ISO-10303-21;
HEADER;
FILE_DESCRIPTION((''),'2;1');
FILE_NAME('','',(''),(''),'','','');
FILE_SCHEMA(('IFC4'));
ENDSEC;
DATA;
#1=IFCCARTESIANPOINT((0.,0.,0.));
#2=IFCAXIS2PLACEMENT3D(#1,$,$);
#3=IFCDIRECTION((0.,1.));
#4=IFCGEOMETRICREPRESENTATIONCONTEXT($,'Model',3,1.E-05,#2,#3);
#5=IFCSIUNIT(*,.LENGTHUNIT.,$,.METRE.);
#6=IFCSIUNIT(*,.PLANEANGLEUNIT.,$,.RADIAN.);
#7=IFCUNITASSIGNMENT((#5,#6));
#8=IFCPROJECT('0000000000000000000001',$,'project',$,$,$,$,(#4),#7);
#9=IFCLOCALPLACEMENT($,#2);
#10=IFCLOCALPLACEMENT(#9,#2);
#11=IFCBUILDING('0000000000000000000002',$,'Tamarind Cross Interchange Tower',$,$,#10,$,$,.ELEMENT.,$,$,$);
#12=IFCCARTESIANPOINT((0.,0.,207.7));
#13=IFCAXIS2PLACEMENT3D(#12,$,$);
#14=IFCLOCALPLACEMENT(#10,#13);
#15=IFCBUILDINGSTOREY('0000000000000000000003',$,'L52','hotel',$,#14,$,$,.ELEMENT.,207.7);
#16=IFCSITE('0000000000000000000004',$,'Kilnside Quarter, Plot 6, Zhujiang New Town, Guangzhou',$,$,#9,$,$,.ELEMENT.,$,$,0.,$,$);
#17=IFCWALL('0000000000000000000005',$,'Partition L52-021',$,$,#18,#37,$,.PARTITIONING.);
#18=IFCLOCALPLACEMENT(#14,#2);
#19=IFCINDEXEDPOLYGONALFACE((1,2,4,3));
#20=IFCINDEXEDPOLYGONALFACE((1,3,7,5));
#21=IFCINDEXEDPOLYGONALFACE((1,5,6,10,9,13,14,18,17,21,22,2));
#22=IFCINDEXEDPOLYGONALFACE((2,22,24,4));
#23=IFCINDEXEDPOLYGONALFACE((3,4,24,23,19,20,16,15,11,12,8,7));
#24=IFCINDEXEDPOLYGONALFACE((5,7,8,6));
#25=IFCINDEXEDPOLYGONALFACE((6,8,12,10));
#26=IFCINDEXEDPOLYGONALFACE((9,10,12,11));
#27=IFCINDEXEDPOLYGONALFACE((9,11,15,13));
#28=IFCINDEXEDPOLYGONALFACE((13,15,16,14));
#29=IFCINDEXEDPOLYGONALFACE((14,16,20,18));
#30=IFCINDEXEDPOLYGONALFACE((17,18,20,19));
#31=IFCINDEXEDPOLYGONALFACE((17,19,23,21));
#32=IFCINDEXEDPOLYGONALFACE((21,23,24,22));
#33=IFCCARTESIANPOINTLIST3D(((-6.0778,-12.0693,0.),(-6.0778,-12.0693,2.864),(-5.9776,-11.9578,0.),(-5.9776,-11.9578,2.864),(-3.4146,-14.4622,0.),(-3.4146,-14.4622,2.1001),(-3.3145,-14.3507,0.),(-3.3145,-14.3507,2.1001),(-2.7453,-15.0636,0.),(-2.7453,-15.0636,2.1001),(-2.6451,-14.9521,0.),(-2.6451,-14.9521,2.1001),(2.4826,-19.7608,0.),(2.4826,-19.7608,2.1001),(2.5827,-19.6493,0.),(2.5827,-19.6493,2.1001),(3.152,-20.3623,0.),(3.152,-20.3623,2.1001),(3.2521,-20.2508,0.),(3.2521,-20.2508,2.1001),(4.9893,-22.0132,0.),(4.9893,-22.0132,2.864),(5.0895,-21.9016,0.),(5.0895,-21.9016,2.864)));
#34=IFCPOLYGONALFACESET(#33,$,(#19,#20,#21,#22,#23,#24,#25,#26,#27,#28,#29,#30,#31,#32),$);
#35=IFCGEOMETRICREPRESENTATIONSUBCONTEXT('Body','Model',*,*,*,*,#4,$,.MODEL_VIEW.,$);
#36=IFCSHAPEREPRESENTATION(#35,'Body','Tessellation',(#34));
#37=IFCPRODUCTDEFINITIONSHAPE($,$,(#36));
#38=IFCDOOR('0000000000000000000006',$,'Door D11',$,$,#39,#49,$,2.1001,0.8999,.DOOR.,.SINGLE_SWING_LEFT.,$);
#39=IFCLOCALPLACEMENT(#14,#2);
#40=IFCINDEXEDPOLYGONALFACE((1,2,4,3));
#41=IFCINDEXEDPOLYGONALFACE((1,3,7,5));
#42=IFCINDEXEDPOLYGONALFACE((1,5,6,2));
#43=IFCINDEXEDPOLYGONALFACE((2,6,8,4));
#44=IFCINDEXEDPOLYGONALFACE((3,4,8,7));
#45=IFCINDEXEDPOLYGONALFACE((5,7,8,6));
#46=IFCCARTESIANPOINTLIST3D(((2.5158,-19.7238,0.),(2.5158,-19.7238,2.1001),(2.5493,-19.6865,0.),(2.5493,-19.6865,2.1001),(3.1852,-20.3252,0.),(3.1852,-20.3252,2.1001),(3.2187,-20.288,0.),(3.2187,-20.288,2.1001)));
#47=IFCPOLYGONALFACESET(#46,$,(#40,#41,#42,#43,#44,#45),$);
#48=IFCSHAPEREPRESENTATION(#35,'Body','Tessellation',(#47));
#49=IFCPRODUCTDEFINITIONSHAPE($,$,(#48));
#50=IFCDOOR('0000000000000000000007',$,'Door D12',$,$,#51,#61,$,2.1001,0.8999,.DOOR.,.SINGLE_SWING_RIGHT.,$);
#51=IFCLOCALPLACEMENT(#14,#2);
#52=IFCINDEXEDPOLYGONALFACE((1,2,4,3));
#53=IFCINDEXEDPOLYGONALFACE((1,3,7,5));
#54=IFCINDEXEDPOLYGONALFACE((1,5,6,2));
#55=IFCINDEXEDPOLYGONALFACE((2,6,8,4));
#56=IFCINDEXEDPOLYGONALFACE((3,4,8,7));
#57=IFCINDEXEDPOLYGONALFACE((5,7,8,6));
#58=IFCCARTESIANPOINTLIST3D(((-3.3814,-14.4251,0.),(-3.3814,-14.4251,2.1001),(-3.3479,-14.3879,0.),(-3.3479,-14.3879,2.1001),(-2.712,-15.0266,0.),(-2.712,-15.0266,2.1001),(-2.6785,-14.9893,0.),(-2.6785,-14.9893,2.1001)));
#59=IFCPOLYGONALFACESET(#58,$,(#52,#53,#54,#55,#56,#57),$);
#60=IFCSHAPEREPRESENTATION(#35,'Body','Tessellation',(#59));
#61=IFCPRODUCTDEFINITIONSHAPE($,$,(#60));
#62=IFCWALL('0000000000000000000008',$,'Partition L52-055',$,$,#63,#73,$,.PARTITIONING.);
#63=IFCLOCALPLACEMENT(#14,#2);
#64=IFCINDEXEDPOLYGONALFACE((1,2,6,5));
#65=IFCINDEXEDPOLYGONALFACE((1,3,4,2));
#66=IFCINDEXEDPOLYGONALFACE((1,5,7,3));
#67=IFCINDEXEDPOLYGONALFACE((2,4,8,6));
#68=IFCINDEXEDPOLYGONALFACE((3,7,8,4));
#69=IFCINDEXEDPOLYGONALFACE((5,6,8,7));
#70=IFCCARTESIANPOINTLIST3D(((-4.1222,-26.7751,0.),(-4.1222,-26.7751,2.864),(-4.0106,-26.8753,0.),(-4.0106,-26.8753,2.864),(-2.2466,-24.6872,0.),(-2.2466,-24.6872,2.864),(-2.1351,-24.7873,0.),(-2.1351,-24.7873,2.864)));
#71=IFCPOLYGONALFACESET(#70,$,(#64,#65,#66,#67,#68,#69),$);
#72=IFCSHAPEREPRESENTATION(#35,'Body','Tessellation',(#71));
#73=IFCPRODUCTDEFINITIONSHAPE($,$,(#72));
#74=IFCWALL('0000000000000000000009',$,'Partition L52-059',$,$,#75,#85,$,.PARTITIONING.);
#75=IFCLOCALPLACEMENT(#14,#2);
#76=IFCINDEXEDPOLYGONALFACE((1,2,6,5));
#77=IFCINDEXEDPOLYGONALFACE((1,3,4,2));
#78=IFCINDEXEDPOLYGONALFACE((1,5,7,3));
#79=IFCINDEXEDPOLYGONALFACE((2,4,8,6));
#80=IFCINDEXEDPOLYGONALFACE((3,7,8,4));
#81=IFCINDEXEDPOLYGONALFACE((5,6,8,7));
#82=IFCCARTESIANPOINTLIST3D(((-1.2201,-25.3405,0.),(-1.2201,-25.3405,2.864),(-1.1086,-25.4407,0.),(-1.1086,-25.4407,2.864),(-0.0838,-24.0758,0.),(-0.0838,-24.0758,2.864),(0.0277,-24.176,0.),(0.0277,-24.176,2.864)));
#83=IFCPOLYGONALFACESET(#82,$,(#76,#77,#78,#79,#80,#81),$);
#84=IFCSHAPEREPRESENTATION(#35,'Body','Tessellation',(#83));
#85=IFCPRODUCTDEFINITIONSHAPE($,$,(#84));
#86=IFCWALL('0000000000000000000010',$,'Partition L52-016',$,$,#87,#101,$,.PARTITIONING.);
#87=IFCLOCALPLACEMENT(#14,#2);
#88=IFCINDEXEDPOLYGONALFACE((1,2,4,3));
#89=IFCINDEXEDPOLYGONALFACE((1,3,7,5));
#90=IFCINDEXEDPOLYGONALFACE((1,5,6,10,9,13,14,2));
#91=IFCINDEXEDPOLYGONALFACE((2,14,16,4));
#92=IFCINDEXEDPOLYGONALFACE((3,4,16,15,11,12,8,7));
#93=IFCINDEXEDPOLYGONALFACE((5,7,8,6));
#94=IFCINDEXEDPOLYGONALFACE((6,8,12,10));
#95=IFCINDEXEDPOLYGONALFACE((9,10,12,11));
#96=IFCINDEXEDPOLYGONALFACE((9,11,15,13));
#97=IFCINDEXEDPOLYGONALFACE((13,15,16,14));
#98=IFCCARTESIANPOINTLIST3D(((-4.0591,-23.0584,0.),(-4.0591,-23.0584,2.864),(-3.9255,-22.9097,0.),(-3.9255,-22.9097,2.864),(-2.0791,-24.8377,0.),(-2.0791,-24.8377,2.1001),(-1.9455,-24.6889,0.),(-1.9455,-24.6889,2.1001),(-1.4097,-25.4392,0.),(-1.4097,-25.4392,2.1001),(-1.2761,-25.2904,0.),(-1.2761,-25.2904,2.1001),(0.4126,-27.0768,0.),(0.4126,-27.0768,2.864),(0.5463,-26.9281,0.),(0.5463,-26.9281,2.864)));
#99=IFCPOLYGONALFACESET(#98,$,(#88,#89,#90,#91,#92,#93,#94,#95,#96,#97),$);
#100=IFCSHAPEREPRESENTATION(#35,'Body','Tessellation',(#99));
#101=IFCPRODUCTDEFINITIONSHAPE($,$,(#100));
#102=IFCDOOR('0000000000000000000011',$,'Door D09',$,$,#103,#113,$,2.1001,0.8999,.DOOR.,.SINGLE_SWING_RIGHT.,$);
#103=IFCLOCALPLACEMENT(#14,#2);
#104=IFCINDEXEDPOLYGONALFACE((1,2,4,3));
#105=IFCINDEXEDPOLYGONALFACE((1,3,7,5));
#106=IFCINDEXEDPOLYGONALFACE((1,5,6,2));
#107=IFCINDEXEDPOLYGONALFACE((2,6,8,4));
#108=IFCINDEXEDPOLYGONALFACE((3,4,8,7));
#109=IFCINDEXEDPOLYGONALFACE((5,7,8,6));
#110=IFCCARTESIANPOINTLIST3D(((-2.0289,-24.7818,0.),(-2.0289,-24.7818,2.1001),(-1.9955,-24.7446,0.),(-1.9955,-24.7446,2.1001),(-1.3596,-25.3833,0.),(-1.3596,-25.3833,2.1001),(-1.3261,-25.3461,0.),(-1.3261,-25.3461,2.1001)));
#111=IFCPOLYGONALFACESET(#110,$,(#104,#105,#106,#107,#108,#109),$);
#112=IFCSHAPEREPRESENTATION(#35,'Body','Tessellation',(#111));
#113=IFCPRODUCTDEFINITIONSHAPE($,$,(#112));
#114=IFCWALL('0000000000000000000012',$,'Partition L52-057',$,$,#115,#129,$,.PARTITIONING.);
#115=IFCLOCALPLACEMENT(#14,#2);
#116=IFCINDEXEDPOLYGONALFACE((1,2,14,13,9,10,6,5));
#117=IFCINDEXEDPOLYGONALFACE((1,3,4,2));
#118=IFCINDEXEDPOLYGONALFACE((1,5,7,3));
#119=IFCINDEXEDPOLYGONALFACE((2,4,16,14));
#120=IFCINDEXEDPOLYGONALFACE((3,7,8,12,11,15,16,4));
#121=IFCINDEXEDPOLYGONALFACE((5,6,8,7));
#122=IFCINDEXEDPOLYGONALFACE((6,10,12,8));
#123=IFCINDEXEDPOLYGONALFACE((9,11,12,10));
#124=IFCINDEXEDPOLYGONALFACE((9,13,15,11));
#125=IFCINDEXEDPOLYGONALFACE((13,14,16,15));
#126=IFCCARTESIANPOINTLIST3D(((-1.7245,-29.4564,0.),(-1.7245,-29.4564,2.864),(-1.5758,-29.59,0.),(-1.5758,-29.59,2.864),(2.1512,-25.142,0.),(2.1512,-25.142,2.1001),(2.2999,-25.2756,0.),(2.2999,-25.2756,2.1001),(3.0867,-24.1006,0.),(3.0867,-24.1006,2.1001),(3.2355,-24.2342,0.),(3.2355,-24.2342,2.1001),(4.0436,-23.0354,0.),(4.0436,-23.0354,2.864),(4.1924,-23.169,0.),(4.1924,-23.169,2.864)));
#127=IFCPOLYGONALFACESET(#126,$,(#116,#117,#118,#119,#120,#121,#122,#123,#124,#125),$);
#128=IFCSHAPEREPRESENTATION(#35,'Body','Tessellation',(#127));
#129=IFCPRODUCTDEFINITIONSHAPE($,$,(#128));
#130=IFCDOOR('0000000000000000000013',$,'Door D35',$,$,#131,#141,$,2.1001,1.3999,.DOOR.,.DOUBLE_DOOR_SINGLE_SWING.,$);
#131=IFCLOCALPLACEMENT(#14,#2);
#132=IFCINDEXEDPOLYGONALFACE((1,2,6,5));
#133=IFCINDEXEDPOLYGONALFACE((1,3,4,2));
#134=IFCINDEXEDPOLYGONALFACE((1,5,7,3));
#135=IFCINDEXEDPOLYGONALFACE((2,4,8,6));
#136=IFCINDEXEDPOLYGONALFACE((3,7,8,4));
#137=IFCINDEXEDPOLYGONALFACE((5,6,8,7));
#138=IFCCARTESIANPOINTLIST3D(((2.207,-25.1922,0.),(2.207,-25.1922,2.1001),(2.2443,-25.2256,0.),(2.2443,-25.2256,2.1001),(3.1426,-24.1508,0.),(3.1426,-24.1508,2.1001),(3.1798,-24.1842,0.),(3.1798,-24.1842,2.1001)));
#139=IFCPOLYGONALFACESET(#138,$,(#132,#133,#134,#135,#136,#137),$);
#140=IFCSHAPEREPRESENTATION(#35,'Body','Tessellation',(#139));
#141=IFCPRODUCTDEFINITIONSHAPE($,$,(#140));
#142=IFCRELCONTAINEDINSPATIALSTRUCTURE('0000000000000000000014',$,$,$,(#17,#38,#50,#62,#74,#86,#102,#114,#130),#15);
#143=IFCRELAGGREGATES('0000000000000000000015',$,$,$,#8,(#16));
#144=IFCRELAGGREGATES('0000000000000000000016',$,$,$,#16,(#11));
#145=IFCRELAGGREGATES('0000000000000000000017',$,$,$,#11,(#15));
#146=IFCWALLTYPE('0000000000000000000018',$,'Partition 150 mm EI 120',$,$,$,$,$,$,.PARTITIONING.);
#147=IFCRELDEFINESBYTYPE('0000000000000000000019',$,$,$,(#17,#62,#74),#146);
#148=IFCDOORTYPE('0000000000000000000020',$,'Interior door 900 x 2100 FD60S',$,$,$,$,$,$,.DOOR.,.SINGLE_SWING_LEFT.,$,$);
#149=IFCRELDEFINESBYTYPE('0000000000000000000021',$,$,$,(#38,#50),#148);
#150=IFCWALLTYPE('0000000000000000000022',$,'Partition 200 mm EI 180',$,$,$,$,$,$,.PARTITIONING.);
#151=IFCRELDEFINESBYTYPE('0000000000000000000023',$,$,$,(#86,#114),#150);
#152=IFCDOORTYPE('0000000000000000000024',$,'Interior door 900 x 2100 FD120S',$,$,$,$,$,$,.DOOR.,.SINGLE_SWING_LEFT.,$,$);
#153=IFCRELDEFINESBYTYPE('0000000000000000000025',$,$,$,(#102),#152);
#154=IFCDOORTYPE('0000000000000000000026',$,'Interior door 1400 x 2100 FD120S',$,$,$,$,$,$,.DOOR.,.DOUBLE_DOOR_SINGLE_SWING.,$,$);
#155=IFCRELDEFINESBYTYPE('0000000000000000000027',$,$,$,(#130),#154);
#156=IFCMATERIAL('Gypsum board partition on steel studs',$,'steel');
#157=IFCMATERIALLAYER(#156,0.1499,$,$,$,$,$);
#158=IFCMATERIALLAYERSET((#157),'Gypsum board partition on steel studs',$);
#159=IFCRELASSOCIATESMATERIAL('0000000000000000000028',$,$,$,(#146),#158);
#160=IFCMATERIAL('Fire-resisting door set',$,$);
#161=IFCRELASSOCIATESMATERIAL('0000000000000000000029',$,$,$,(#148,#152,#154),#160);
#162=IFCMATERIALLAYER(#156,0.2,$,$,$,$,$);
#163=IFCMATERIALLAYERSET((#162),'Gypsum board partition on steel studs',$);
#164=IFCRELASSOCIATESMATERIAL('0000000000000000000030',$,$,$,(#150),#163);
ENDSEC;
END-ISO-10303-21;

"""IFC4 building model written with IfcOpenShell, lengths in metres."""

from ifc_helpers import new_model, si_unit, direction, frame, frame_2d, origin, place, context, subcontext, project, spatial, rectangle, extrude, material, layer, layer_set, type_object, element, fill, save


model = new_model("IFC4")

# Units and contexts
model_context = context("Model", 3, precision=1e-05, world=origin(), true_north=direction((0.0, 1.0)))
body_context = subcontext(model_context, "Body", "Model", "MODEL_VIEW")
ifc_project = project(units=[si_unit("LENGTHUNIT", "METRE"), si_unit("PLANEANGLEUNIT", "RADIAN")], contexts=[model_context])

# Site, building, storey
site_placement = place(None, origin())
site = spatial("IfcSite", under=ifc_project, at=site_placement, Name="Kilnside Quarter, Plot 6, Zhujiang New Town, Guangzhou", CompositionType="ELEMENT", RefElevation=0.0)
building_placement = place(site_placement, origin())
building = spatial("IfcBuilding", under=site, at=building_placement, Name="Tamarind Cross Interchange Tower", CompositionType="ELEMENT")
storey_placement = place(building_placement, frame((0.0, 0.0, 207.7)))
storey = spatial("IfcBuildingStorey", under=building, at=storey_placement, Name="L52", Description="hotel", CompositionType="ELEMENT", Elevation=207.7)

# Wall, openings, doors
ifc_material_1 = material(Name="Gypsum board partition on steel studs", Category="steel")
ifc_layer_1 = layer(ifc_material_1, 0.1499)
ifc_layer_set_1 = layer_set([ifc_layer_1], Name="Gypsum board partition on steel studs")
wall_type_1 = type_object("IfcWallType", Name="Partition 150 mm EI 120", PredefinedType="PARTITIONING", material=ifc_layer_set_1)
wall_1_placement = place(storey_placement, frame((-6.0276, -12.0137, 0.0), z_axis=(0.0, 0.0, 1.0), x_axis=(0.743848, -0.668349, 0.0)))
wall_1 = element("IfcWall", 1, at=wall_1_placement, inside=storey, type_object=wall_type_1, Name="Partition L52-021", PredefinedType="PARTITIONING", context=body_context, shape_type="SweptSolid", body=[
    extrude(rectangle(XDim=14.8782, YDim=0.1499, at=frame_2d((7.439, 0.0))), origin(), (0.0, 0.0, 1.0), 2.864),
])
opening_1_placement = place(wall_1_placement, frame((11.5081, 0.0, 0.0)))
opening_1 = element("IfcOpeningElement", 2, at=opening_1_placement, cuts=wall_1, PredefinedType="OPENING", context=body_context, shape_type="SweptSolid", body=[
    extrude(rectangle(XDim=0.8999, YDim=2.1001, at=frame_2d((0.45, 1.05))), frame((0.0, 0.085, 0.0), z_axis=(0.0, -1.0, 0.0), x_axis=(1.0, 0.0, 0.0)), (0.0, 0.0, 1.0), 0.1699),
])
opening_2_placement = place(wall_1_placement, frame((3.5801, 0.0, 0.0)))
opening_2 = element("IfcOpeningElement", 3, at=opening_2_placement, cuts=wall_1, PredefinedType="OPENING", context=body_context, shape_type="SweptSolid", body=[
    extrude(rectangle(XDim=0.8999, YDim=2.1001, at=frame_2d((0.45, 1.05))), frame((0.0, 0.085, 0.0), z_axis=(0.0, -1.0, 0.0), x_axis=(1.0, 0.0, 0.0)), (0.0, 0.0, 1.0), 0.1699),
])
ifc_material_2 = material(Name="Fire-resisting door set")
door_type_1 = type_object("IfcDoorType", Name="Interior door 900 x 2100 FD60S", OperationType="SINGLE_SWING_LEFT", PredefinedType="DOOR", material=ifc_material_2)
door_1_placement = place(opening_1_placement, origin())
door_1 = element("IfcDoor", 4, at=door_1_placement, inside=storey, type_object=door_type_1, Name="Door D11", OperationType="SINGLE_SWING_LEFT", OverallHeight=2.1001, OverallWidth=0.8999, PredefinedType="DOOR", context=body_context, shape_type="SweptSolid", body=[
    extrude(rectangle(XDim=0.8999, YDim=2.1001, at=frame_2d((0.45, 1.05))), frame((0.0, 0.0249, 0.0), z_axis=(0.0, -1.0, 0.0), x_axis=(1.0, 0.0, 0.0)), (0.0, 0.0, 1.0), 0.05),
])
fill(opening_1, door_1)
door_2_placement = place(opening_2_placement, origin())
door_2 = element("IfcDoor", 5, at=door_2_placement, inside=storey, type_object=door_type_1, Name="Door D12", OperationType="SINGLE_SWING_RIGHT", OverallHeight=2.1001, OverallWidth=0.8999, PredefinedType="DOOR", context=body_context, shape_type="SweptSolid", body=[
    extrude(rectangle(XDim=0.8999, YDim=2.1001, at=frame_2d((0.45, 1.05))), frame((0.0, 0.0249, 0.0), z_axis=(0.0, -1.0, 0.0), x_axis=(1.0, 0.0, 0.0)), (0.0, 0.0, 1.0), 0.05),
])
fill(opening_2, door_2)

# Walls
wall_2_placement = place(storey_placement, frame((-4.0664, -26.8252, 0.0), z_axis=(0.0, 0.0, 1.0), x_axis=(0.668253, 0.743934, 0.0)))
element("IfcWall", 6, at=wall_2_placement, inside=storey, type_object=wall_type_1, Name="Partition L52-055", PredefinedType="PARTITIONING", context=body_context, shape_type="SweptSolid", body=[
    extrude(rectangle(XDim=2.8066, YDim=0.1499, at=frame_2d((1.4033, 0.0))), origin(), (0.0, 0.0, 1.0), 2.864),
])
wall_3_placement = place(storey_placement, frame((-1.1643, -25.3906, 0.0), z_axis=(0.0, 0.0, 1.0), x_axis=(0.66833, 0.743865, 0.0)))
element("IfcWall", 7, at=wall_3_placement, inside=storey, type_object=wall_type_1, Name="Partition L52-059", PredefinedType="PARTITIONING", context=body_context, shape_type="SweptSolid", body=[
    extrude(rectangle(XDim=1.7002, YDim=0.1499, at=frame_2d((0.8501, 0.0))), origin(), (0.0, 0.0, 1.0), 2.864),
])

# Walls, openings, doors
ifc_layer_2 = layer(ifc_material_1, 0.2)
ifc_layer_set_2 = layer_set([ifc_layer_2], Name="Gypsum board partition on steel studs")
wall_type_2 = type_object("IfcWallType", Name="Partition 200 mm EI 180", PredefinedType="PARTITIONING", material=ifc_layer_set_2)
wall_4_placement = place(storey_placement, frame((-3.9922, -22.9841, 0.0), z_axis=(0.0, 0.0, 1.0), x_axis=(0.743807, -0.668395, 0.0)))
wall_4 = element("IfcWall", 8, at=wall_4_placement, inside=storey, type_object=wall_type_2, Name="Partition L52-016", PredefinedType="PARTITIONING", context=body_context, shape_type="SweptSolid", body=[
    extrude(rectangle(XDim=6.012, YDim=0.2, at=frame_2d((3.0059, 0.0))), origin(), (0.0, 0.0, 1.0), 2.864),
])
opening_3_placement = place(wall_4_placement, frame((2.6619, 0.0, 0.0)))
opening_3 = element("IfcOpeningElement", 9, at=opening_3_placement, cuts=wall_4, PredefinedType="OPENING", context=body_context, shape_type="SweptSolid", body=[
    extrude(rectangle(XDim=0.8999, YDim=2.1001, at=frame_2d((0.45, 1.05))), frame((0.0, 0.1099, 0.0), z_axis=(0.0, -1.0, 0.0), x_axis=(1.0, 0.0, 0.0)), (0.0, 0.0, 1.0), 0.22),
])
door_type_2 = type_object("IfcDoorType", Name="Interior door 900 x 2100 FD120S", OperationType="SINGLE_SWING_LEFT", PredefinedType="DOOR", material=ifc_material_2)
door_3_placement = place(opening_3_placement, frame((0.8999, 0.0, 0.0), z_axis=(0.0, 0.0, 1.0), x_axis=(-1.0, 0.0, 0.0)))
door_3 = element("IfcDoor", 10, at=door_3_placement, inside=storey, type_object=door_type_2, Name="Door D09", OperationType="SINGLE_SWING_RIGHT", OverallHeight=2.1001, OverallWidth=0.8999, PredefinedType="DOOR", context=body_context, shape_type="SweptSolid", body=[
    extrude(rectangle(XDim=0.8999, YDim=2.1001, at=frame_2d((0.45, 1.05))), frame((0.0, 0.0249, 0.0), z_axis=(0.0, -1.0, 0.0), x_axis=(1.0, 0.0, 0.0)), (0.0, 0.0, 1.0), 0.05),
])
fill(opening_3, door_3)
wall_5_placement = place(storey_placement, frame((-1.6501, -29.5232, 0.0), z_axis=(0.0, 0.0, 1.0), x_axis=(0.668277, 0.743913, 0.0)))
wall_5 = element("IfcWall", 11, at=wall_5_placement, inside=storey, type_object=wall_type_2, Name="Partition L52-057", PredefinedType="PARTITIONING", context=body_context, shape_type="SweptSolid", body=[
    extrude(rectangle(XDim=8.6313, YDim=0.2, at=frame_2d((4.3157, 0.0))), origin(), (0.0, 0.0, 1.0), 2.864),
])
opening_4_placement = place(wall_5_placement, frame((5.7996, 0.0, 0.0)))
opening_4 = element("IfcOpeningElement", 12, at=opening_4_placement, cuts=wall_5, PredefinedType="OPENING", context=body_context, shape_type="SweptSolid", body=[
    extrude(rectangle(XDim=1.3999, YDim=2.1001, at=frame_2d((0.7, 1.05))), frame((0.0, 0.1099, 0.0), z_axis=(0.0, -1.0, 0.0), x_axis=(1.0, 0.0, 0.0)), (0.0, 0.0, 1.0), 0.22),
])
door_type_3 = type_object("IfcDoorType", Name="Interior door 1400 x 2100 FD120S", OperationType="DOUBLE_DOOR_SINGLE_SWING", PredefinedType="DOOR", material=ifc_material_2)
door_4_placement = place(opening_4_placement, origin())
door_4 = element("IfcDoor", 13, at=door_4_placement, inside=storey, type_object=door_type_3, Name="Door D35", OperationType="DOUBLE_DOOR_SINGLE_SWING", OverallHeight=2.1001, OverallWidth=1.3999, PredefinedType="DOOR", context=body_context, shape_type="SweptSolid", body=[
    extrude(rectangle(XDim=1.3999, YDim=2.1001, at=frame_2d((0.7, 1.05))), frame((0.0, 0.0249, 0.0), z_axis=(0.0, -1.0, 0.0), x_axis=(1.0, 0.0, 0.0)), (0.0, 0.0, 1.0), 0.05),
])
fill(opening_4, door_4)

save(model, "model.ifc")
